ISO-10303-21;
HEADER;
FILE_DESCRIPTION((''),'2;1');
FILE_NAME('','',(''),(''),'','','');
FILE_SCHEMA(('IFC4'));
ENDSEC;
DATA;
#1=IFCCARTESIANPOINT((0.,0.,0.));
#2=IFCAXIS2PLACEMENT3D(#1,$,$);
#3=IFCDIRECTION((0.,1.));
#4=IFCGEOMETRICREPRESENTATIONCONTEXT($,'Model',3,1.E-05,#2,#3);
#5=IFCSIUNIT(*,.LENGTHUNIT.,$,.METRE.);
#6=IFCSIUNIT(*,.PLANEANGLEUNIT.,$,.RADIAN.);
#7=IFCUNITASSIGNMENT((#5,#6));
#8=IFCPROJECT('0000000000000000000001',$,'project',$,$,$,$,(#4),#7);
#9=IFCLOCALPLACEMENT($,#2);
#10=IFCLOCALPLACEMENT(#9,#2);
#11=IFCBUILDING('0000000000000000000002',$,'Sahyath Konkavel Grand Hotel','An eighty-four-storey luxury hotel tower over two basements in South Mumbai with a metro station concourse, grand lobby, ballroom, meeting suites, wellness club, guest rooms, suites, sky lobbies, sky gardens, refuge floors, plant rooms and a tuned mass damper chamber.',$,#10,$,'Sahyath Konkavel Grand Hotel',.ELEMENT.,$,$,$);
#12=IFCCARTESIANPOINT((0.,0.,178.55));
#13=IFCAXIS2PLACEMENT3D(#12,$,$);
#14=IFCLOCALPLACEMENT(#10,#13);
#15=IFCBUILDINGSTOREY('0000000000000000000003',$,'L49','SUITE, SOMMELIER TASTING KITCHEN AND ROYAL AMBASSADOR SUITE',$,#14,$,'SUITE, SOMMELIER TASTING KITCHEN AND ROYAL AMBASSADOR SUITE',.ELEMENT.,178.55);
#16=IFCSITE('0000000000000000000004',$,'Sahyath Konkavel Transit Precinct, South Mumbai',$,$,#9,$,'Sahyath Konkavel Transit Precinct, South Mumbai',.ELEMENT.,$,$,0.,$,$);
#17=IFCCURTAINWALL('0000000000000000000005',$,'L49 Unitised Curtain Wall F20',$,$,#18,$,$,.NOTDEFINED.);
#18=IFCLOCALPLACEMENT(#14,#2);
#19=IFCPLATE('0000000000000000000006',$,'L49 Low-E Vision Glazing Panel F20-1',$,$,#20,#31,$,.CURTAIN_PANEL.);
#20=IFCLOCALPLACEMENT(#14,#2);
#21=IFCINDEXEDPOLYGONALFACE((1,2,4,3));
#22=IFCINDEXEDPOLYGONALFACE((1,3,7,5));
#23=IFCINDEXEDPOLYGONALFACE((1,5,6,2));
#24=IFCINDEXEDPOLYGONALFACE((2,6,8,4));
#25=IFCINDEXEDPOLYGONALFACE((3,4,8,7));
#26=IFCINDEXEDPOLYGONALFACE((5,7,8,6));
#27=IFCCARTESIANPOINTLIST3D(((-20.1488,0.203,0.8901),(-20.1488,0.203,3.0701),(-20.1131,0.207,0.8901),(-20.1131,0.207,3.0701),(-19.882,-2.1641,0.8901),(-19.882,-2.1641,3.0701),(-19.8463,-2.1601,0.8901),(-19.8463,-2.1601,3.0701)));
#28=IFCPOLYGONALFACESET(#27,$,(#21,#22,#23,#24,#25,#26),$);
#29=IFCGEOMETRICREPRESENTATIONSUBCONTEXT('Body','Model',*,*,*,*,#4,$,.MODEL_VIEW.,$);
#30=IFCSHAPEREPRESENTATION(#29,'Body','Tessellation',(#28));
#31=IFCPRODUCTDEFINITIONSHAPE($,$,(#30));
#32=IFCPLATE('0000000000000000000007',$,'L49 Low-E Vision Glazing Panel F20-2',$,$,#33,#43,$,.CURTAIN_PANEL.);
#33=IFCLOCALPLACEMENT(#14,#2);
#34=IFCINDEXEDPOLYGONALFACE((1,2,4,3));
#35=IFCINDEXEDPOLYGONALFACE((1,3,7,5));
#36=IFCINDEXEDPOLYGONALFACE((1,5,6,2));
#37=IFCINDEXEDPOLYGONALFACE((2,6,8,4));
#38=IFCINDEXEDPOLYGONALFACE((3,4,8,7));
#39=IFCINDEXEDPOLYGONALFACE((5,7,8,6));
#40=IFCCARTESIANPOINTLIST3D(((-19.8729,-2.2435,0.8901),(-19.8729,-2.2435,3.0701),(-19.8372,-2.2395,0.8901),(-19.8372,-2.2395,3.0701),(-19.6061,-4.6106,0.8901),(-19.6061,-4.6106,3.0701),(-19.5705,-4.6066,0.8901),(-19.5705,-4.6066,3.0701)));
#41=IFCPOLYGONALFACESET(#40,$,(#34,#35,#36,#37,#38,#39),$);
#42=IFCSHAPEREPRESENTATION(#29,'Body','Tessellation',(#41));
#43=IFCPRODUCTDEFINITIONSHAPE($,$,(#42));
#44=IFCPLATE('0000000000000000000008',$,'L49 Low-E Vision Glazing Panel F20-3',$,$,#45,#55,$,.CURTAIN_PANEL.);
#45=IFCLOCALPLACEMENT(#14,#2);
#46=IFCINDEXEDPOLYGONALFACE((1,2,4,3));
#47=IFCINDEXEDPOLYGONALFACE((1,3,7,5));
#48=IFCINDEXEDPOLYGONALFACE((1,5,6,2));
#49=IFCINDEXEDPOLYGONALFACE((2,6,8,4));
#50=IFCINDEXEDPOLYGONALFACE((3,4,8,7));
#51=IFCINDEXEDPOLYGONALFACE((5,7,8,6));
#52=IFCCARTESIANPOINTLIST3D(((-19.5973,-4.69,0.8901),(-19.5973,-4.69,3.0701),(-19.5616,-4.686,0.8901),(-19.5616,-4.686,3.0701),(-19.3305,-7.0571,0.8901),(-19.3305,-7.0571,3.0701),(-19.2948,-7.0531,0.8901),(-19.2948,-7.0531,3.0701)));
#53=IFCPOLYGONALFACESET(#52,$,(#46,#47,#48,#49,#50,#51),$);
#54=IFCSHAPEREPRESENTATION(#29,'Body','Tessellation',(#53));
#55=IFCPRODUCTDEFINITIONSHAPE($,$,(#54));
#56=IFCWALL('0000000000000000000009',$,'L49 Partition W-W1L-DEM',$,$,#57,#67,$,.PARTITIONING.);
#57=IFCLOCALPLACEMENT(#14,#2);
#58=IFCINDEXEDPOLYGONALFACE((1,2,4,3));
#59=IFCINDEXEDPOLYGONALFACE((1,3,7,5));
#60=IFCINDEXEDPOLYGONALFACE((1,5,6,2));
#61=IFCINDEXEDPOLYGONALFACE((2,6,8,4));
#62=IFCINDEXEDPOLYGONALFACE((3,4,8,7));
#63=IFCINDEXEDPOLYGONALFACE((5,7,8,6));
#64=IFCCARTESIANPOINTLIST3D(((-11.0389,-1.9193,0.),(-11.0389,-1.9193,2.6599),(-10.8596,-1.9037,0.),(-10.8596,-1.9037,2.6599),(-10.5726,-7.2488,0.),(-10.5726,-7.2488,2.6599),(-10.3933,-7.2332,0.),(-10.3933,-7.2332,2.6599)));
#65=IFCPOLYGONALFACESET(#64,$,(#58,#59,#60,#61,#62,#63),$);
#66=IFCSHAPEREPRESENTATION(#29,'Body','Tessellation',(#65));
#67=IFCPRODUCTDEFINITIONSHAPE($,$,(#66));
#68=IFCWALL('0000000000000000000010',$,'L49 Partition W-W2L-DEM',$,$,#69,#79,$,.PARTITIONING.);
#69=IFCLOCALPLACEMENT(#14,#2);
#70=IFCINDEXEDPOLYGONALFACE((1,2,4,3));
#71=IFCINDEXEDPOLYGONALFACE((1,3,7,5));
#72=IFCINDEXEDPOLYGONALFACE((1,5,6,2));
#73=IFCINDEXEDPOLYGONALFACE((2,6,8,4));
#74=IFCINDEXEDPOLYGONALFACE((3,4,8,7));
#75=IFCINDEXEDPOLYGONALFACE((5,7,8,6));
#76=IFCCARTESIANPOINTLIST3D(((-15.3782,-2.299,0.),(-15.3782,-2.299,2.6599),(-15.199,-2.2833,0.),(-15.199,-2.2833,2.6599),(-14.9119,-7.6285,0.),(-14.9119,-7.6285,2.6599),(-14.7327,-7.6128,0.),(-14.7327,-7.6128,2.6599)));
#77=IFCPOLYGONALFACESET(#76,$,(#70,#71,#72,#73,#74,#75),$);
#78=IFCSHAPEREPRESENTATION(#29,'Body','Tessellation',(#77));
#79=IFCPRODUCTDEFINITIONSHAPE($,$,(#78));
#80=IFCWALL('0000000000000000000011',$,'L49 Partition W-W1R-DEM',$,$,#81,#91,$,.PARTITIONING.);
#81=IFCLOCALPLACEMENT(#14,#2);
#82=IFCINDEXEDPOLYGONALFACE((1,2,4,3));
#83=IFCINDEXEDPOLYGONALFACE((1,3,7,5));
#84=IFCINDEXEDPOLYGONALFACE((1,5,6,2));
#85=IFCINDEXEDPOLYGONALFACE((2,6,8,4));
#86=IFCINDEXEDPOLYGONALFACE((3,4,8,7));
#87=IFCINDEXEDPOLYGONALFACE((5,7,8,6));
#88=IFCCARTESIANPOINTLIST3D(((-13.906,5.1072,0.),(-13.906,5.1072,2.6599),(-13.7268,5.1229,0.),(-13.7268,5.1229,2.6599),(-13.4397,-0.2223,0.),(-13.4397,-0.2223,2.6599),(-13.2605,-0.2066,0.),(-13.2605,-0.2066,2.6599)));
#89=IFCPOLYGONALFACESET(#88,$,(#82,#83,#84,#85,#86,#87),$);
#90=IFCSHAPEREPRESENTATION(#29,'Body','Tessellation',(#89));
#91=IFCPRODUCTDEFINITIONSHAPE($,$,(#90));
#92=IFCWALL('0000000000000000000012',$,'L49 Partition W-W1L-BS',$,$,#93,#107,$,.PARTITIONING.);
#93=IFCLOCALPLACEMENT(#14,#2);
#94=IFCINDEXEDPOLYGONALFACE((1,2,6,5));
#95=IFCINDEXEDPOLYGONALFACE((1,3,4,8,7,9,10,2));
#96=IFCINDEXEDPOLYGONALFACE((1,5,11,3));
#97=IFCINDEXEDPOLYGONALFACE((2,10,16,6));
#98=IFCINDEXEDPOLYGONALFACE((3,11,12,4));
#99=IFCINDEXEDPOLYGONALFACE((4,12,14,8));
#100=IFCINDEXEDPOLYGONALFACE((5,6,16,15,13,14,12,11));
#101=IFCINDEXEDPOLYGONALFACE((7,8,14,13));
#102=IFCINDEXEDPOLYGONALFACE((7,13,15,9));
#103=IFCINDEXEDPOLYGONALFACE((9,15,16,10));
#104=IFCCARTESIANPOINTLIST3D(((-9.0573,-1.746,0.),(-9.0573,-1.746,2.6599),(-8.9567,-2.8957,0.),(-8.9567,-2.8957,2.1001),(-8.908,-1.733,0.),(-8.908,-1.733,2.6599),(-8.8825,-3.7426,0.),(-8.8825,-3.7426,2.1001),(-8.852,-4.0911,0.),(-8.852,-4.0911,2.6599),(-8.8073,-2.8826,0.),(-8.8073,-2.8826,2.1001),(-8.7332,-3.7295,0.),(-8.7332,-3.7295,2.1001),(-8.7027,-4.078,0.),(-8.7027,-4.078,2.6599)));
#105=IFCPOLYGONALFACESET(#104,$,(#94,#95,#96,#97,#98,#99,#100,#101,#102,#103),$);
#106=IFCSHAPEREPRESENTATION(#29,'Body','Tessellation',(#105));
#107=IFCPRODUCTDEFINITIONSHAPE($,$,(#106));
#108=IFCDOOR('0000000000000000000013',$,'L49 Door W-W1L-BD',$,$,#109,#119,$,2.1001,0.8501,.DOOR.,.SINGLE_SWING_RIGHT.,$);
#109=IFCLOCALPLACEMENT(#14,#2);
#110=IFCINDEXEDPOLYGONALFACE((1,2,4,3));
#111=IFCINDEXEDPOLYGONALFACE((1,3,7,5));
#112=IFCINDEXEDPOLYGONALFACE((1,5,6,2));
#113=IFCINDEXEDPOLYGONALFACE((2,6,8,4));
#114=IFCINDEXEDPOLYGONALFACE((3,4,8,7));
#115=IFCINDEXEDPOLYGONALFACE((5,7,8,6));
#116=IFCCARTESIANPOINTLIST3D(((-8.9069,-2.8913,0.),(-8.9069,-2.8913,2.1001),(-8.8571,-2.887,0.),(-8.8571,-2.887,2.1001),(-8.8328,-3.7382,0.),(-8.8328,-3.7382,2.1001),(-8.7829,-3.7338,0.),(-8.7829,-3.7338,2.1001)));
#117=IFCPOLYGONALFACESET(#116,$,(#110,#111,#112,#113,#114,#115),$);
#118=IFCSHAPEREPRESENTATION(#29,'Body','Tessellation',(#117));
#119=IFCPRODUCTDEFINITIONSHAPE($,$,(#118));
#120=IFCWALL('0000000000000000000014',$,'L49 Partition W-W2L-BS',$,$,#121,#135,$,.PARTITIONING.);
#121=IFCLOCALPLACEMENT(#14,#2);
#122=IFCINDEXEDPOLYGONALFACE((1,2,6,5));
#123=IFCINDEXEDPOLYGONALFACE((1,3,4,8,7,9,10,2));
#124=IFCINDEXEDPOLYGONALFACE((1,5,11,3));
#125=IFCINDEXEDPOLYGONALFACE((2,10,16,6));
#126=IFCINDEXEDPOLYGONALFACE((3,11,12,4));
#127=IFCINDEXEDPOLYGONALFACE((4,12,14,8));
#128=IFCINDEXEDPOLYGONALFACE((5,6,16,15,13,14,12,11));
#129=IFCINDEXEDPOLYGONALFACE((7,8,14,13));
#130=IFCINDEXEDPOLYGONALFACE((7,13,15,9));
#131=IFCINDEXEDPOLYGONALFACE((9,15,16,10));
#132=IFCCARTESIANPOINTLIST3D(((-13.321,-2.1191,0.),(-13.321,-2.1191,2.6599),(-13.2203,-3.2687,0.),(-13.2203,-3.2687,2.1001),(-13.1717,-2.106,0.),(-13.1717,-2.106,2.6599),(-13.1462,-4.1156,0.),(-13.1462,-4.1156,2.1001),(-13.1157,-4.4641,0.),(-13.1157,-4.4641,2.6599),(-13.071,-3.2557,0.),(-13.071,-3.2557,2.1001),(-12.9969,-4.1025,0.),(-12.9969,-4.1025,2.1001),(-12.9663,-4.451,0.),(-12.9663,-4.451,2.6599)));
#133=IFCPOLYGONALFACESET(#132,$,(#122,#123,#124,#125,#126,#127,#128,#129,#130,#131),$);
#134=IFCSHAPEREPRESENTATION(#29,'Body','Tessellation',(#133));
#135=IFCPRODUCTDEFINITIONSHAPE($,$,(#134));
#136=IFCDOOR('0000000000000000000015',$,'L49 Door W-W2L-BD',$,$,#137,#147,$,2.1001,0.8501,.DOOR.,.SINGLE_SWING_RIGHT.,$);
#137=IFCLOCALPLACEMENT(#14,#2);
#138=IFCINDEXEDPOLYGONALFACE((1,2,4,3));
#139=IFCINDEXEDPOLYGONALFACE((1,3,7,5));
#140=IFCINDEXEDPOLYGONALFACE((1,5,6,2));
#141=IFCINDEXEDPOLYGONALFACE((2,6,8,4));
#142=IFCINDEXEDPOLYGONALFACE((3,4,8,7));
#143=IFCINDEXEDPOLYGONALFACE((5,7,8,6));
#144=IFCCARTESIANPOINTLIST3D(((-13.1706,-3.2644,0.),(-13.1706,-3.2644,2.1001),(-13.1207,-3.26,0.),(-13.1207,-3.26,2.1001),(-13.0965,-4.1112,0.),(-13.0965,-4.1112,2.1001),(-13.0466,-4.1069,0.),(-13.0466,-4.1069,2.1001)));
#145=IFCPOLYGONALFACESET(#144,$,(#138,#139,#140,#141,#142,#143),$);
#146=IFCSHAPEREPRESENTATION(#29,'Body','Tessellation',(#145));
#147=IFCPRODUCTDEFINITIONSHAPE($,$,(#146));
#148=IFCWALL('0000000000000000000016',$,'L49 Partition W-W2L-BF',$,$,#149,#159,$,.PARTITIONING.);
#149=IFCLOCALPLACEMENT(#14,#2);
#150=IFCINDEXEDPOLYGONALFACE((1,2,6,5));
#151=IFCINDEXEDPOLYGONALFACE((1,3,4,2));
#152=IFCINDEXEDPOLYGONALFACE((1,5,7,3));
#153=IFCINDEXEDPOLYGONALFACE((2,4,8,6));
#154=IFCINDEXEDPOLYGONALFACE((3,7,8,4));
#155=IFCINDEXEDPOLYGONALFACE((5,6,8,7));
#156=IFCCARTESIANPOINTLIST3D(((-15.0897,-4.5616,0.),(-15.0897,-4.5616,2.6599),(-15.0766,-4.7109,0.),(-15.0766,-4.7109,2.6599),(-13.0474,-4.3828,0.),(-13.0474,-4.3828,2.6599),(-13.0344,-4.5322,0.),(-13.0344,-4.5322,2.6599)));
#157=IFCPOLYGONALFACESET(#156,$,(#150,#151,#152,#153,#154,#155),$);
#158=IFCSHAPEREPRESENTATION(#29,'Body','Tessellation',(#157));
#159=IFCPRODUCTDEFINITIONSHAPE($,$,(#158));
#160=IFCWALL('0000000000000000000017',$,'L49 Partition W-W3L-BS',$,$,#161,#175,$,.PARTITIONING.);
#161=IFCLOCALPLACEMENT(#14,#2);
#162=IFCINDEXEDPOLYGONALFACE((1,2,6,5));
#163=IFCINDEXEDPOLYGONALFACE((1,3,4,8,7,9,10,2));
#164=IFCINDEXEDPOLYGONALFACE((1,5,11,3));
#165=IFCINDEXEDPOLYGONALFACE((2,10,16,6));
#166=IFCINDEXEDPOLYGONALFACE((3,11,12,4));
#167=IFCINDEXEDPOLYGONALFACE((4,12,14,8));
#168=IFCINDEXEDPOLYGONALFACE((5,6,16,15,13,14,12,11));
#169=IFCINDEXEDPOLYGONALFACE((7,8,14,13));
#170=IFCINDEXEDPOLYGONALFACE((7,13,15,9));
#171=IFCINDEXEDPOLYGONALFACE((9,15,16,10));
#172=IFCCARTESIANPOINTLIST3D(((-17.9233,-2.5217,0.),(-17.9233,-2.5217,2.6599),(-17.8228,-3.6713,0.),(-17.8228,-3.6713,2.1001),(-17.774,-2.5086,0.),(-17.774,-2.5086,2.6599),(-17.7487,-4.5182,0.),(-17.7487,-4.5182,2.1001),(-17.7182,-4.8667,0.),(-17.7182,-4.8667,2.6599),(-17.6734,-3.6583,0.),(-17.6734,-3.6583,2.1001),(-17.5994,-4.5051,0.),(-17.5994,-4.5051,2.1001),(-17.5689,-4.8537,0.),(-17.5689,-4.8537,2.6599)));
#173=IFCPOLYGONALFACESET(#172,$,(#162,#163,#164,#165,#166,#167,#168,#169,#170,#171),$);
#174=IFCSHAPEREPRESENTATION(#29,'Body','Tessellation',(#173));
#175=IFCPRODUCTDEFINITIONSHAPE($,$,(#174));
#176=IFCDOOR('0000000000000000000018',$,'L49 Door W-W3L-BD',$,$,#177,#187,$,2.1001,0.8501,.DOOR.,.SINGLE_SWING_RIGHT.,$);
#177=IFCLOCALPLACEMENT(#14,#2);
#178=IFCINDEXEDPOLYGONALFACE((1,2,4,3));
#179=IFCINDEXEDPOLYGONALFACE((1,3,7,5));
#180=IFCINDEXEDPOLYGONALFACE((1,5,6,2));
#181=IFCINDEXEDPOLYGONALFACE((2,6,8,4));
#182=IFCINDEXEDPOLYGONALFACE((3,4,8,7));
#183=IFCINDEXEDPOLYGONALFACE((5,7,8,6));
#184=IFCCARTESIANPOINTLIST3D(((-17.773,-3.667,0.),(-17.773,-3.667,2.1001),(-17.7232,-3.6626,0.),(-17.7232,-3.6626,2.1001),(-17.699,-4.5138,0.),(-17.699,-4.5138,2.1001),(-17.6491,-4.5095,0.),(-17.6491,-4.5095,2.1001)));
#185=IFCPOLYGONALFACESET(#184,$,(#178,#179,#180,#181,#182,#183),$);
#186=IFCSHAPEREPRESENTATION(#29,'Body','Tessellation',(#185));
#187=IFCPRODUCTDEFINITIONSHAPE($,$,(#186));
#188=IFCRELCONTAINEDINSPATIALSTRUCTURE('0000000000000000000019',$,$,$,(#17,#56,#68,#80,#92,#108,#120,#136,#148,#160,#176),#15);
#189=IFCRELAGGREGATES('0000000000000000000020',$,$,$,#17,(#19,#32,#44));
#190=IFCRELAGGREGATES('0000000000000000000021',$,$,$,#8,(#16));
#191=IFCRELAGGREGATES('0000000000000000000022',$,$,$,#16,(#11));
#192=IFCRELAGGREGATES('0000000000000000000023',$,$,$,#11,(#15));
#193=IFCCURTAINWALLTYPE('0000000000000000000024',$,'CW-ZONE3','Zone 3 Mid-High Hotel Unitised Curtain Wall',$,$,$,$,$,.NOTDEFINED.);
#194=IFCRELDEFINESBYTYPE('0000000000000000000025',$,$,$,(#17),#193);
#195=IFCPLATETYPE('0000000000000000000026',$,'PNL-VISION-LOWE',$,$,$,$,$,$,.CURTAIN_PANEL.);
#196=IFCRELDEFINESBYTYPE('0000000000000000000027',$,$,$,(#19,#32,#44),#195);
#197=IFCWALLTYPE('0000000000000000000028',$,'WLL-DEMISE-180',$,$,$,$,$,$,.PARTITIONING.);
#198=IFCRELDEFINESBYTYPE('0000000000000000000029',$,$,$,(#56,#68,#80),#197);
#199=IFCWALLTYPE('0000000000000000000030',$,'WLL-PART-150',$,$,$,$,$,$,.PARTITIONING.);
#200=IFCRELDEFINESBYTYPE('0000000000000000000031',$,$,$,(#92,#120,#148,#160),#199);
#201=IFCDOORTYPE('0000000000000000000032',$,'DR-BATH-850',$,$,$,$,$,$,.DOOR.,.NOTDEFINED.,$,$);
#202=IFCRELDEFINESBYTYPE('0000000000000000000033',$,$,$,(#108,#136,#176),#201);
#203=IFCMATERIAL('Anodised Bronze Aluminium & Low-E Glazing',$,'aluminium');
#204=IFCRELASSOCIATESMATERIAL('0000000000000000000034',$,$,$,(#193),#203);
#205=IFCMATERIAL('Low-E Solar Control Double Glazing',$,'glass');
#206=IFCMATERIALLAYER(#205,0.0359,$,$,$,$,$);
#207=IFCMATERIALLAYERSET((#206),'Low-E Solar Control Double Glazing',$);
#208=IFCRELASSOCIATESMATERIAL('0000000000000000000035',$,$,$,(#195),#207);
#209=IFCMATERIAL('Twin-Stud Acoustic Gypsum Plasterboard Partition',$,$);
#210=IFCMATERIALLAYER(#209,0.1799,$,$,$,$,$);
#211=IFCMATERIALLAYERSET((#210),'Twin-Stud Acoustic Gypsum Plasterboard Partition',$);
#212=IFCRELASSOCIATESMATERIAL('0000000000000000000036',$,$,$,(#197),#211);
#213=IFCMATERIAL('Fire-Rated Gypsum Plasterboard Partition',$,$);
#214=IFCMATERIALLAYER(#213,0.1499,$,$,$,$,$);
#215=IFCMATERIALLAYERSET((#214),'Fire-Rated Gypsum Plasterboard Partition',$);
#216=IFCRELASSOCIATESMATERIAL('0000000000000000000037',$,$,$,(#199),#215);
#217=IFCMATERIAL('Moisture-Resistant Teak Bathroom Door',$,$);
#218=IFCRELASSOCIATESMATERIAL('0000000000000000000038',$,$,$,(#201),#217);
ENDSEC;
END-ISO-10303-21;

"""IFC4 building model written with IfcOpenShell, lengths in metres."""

from ifc_helpers import new_model, si_unit, direction, frame, frame_2d, origin, origin_2d, place, context, subcontext, project, spatial, rectangle, extrude, source, transform, mapped, material, layer, layer_set, type_object, element, fill, aggregate, save


model = new_model("IFC4")

# Units and contexts
model_context = context("Model", 3, precision=1e-05, world=origin(), true_north=direction((0.0, 1.0)))
body_context = subcontext(model_context, "Body", "Model", "MODEL_VIEW")
ifc_project = project(units=[si_unit("LENGTHUNIT", "METRE"), si_unit("PLANEANGLEUNIT", "RADIAN")], contexts=[model_context])

# Site, building, storey
site_placement = place(None, origin())
site = spatial("IfcSite", under=ifc_project, at=site_placement, Name="Sahyath Konkavel Transit Precinct, South Mumbai", LongName="Sahyath Konkavel Transit Precinct, South Mumbai", CompositionType="ELEMENT", RefElevation=0.0)
building_placement = place(site_placement, origin())
building = spatial("IfcBuilding", under=site, at=building_placement, Name="Sahyath Konkavel Grand Hotel", Description="An eighty-four-storey luxury hotel tower over two basements in South Mumbai with a metro station concourse, grand lobby, ballroom, meeting suites, wellness club, guest rooms, suites, sky lobbies, sky gardens, refuge floors, plant rooms and a tuned mass damper chamber.", LongName="Sahyath Konkavel Grand Hotel", CompositionType="ELEMENT")
storey_placement = place(building_placement, frame((0.0, 0.0, 178.55)))
storey = spatial("IfcBuildingStorey", under=building, at=storey_placement, Name="L49", Description="SUITE, SOMMELIER TASTING KITCHEN AND ROYAL AMBASSADOR SUITE", LongName="SUITE, SOMMELIER TASTING KITCHEN AND ROYAL AMBASSADOR SUITE", CompositionType="ELEMENT", Elevation=178.55)

# Curtain wall
ifc_material_1 = material(Name="Anodised Bronze Aluminium & Low-E Glazing", Category="aluminium")
curtain_wall_type = type_object("IfcCurtainWallType", Name="CW-ZONE3", Description="Zone 3 Mid-High Hotel Unitised Curtain Wall", PredefinedType="NOTDEFINED", material=ifc_material_1)
curtain_wall_placement = place(storey_placement, origin())
curtain_wall = element("IfcCurtainWall", 1, at=curtain_wall_placement, inside=storey, type_object=curtain_wall_type, Name="L49 Unitised Curtain Wall F20", PredefinedType="NOTDEFINED")

# Plates
ifc_material_2 = material(Name="Low-E Solar Control Double Glazing", Category="glass")
ifc_layer_1 = layer(ifc_material_2, 0.0359)
ifc_layer_set_1 = layer_set([ifc_layer_1], Name="Low-E Solar Control Double Glazing")
plate_type_1 = type_object("IfcPlateType", Name="PNL-VISION-LOWE", PredefinedType="CURTAIN_PANEL", material=ifc_layer_set_1)
shared_shape_1 = source(origin(), body_context, "Body", "SweptSolid", [
    extrude(rectangle(XDim=2.3821, YDim=0.0359, at=origin_2d()), origin(), (0.0, 0.0, 1.0), 2.1799),
])
plate_1_placement = place(storey_placement, frame((-19.9976, -0.9785, 0.8901), z_axis=(0.0, 0.0, 1.0), x_axis=(0.111989, -0.993709, 0.0)))
plate_1 = element("IfcPlate", 2, at=plate_1_placement, type_object=plate_type_1, Name="L49 Low-E Vision Glazing Panel F20-1", PredefinedType="CURTAIN_PANEL", context=body_context, shape_type="MappedRepresentation", body=[
    mapped(shared_shape_1, transform((0.0, 0.0, 0.0), scale=1.0)),
])
plate_2_placement = place(storey_placement, frame((-19.7217, -3.425, 0.8901), z_axis=(0.0, 0.0, 1.0), x_axis=(0.111989, -0.993709, 0.0)))
plate_2 = element("IfcPlate", 3, at=plate_2_placement, type_object=plate_type_1, Name="L49 Low-E Vision Glazing Panel F20-2", PredefinedType="CURTAIN_PANEL", context=body_context, shape_type="MappedRepresentation", body=[
    mapped(shared_shape_1, transform((0.0, 0.0, 0.0), scale=1.0)),
])
plate_3_placement = place(storey_placement, frame((-19.446, -5.8716, 0.8901), z_axis=(0.0, 0.0, 1.0), x_axis=(0.111989, -0.993709, 0.0)))
plate_3 = element("IfcPlate", 4, at=plate_3_placement, type_object=plate_type_1, Name="L49 Low-E Vision Glazing Panel F20-3", PredefinedType="CURTAIN_PANEL", context=body_context, shape_type="MappedRepresentation", body=[
    mapped(shared_shape_1, transform((0.0, 0.0, 0.0), scale=1.0)),
])
aggregate(curtain_wall, [plate_1, plate_2, plate_3])

# Walls
ifc_material_3 = material(Name="Twin-Stud Acoustic Gypsum Plasterboard Partition")
ifc_layer_2 = layer(ifc_material_3, 0.1799)
ifc_layer_set_2 = layer_set([ifc_layer_2], Name="Twin-Stud Acoustic Gypsum Plasterboard Partition")
wall_type_1 = type_object("IfcWallType", Name="WLL-DEMISE-180", PredefinedType="PARTITIONING", material=ifc_layer_set_2)
for number, where, z_axis, x_axis, name in (
    (5, (-10.9492, -1.9116, 0.0), (0.0, 0.0, 1.0), (0.087161, -0.996194, 0.0), "L49 Partition W-W1L-DEM"),
    (6, (-15.2886, -2.2913, 0.0), (0.0, 0.0, 1.0), (0.087161, -0.996194, 0.0), "L49 Partition W-W2L-DEM"),
    (7, (-13.3501, -0.2144, 0.0), (0.0, 0.0, 1.0), (-0.087161, 0.996194, 0.0), "L49 Partition W-W1R-DEM"),
):
    element("IfcWall", number, at=place(storey_placement, frame(where, z_axis=z_axis, x_axis=x_axis)), inside=storey, type_object=wall_type_1, Name=name, PredefinedType="PARTITIONING", context=body_context, shape_type="SweptSolid", body=[
        extrude(rectangle(XDim=5.3499, YDim=0.1799, at=frame_2d((2.6748, 0.0))), origin(), (0.0, 0.0, 1.0), 2.6599),
    ])

# Walls, openings, doors
ifc_material_4 = material(Name="Fire-Rated Gypsum Plasterboard Partition")
ifc_layer_3 = layer(ifc_material_4, 0.1499)
ifc_layer_set_3 = layer_set([ifc_layer_3], Name="Fire-Rated Gypsum Plasterboard Partition")
wall_type_2 = type_object("IfcWallType", Name="WLL-PART-150", PredefinedType="PARTITIONING", material=ifc_layer_set_3)
wall_1_placement = place(storey_placement, frame((-8.9827, -1.7395, 0.0), z_axis=(0.0, 0.0, 1.0), x_axis=(0.087225, -0.996189, 0.0)))
wall_1 = element("IfcWall", 8, at=wall_1_placement, inside=storey, type_object=wall_type_2, Name="L49 Partition W-W1L-BS", PredefinedType="PARTITIONING", context=body_context, shape_type="SweptSolid", body=[
    extrude(rectangle(XDim=2.354, YDim=0.1499, at=frame_2d((1.177, 0.0))), origin(), (0.0, 0.0, 1.0), 2.6599),
])
opening_1_placement = place(wall_1_placement, frame((1.1541, 0.0, 0.0)))
opening_1 = element("IfcOpeningElement", 9, at=opening_1_placement, cuts=wall_1, PredefinedType="OPENING", context=body_context, shape_type="SweptSolid", body=[
    extrude(rectangle(XDim=0.8501, YDim=2.1001, at=frame_2d((0.425, 1.05))), frame((0.0, 0.085, 0.0), z_axis=(0.0, -1.0, 0.0), x_axis=(1.0, 0.0, 0.0)), (0.0, 0.0, 1.0), 0.1699),
])
ifc_material_5 = material(Name="Moisture-Resistant Teak Bathroom Door")
door_type = type_object("IfcDoorType", Name="DR-BATH-850", OperationType="NOTDEFINED", PredefinedType="DOOR", material=ifc_material_5)
shared_shape_2 = source(origin(), body_context, "Body", "SweptSolid", [
    extrude(rectangle(XDim=0.8501, YDim=0.05, at=origin_2d()), origin(), (0.0, 0.0, 1.0), 2.1001),
])
door_1_placement = place(opening_1_placement, frame((0.425, 0.0, 0.0)))
door_1 = element("IfcDoor", 10, at=door_1_placement, inside=storey, type_object=door_type, Name="L49 Door W-W1L-BD", OperationType="SINGLE_SWING_RIGHT", OverallHeight=2.1001, OverallWidth=0.8501, PredefinedType="DOOR", context=body_context, shape_type="MappedRepresentation", body=[
    mapped(shared_shape_2, transform((0.0, 0.0, 0.0), scale=1.0)),
])
fill(opening_1, door_1)
wall_2_placement = place(storey_placement, frame((-13.2463, -2.1125, 0.0), z_axis=(0.0, 0.0, 1.0), x_axis=(0.087225, -0.996189, 0.0)))
wall_2 = element("IfcWall", 11, at=wall_2_placement, inside=storey, type_object=wall_type_2, Name="L49 Partition W-W2L-BS", PredefinedType="PARTITIONING", context=body_context, shape_type="SweptSolid", body=[
    extrude(rectangle(XDim=2.354, YDim=0.1499, at=frame_2d((1.177, 0.0))), origin(), (0.0, 0.0, 1.0), 2.6599),
])
opening_2_placement = place(wall_2_placement, frame((1.1541, 0.0, 0.0)))
opening_2 = element("IfcOpeningElement", 12, at=opening_2_placement, cuts=wall_2, PredefinedType="OPENING", context=body_context, shape_type="SweptSolid", body=[
    extrude(rectangle(XDim=0.8501, YDim=2.1001, at=frame_2d((0.425, 1.05))), frame((0.0, 0.085, 0.0), z_axis=(0.0, -1.0, 0.0), x_axis=(1.0, 0.0, 0.0)), (0.0, 0.0, 1.0), 0.1699),
])
door_2_placement = place(opening_2_placement, frame((0.425, 0.0, 0.0)))
door_2 = element("IfcDoor", 13, at=door_2_placement, inside=storey, type_object=door_type, Name="L49 Door W-W2L-BD", OperationType="SINGLE_SWING_RIGHT", OverallHeight=2.1001, OverallWidth=0.8501, PredefinedType="DOOR", context=body_context, shape_type="MappedRepresentation", body=[
    mapped(shared_shape_2, transform((0.0, 0.0, 0.0), scale=1.0)),
])
fill(opening_2, door_2)

# Wall
wall_3_placement = place(storey_placement, frame((-13.041, -4.4575, 0.0), z_axis=(0.0, 0.0, 1.0), x_axis=(-0.996193, -0.087174, 0.0)))
element("IfcWall", 14, at=wall_3_placement, inside=storey, type_object=wall_type_2, Name="L49 Partition W-W2L-BF", PredefinedType="PARTITIONING", context=body_context, shape_type="SweptSolid", body=[
    extrude(rectangle(XDim=2.05, YDim=0.1499, at=frame_2d((1.0249, 0.0))), origin(), (0.0, 0.0, 1.0), 2.6599),
])

# Wall, opening, door
wall_4_placement = place(storey_placement, frame((-17.8486, -2.5151, 0.0), z_axis=(0.0, 0.0, 1.0), x_axis=(0.087122, -0.996198, 0.0)))
wall_4 = element("IfcWall", 15, at=wall_4_placement, inside=storey, type_object=wall_type_2, Name="L49 Partition W-W3L-BS", PredefinedType="PARTITIONING", context=body_context, shape_type="SweptSolid", body=[
    extrude(rectangle(XDim=2.354, YDim=0.1499, at=frame_2d((1.177, 0.0))), origin(), (0.0, 0.0, 1.0), 2.6599),
])
opening_3_placement = place(wall_4_placement, frame((1.1541, 0.0, 0.0)))
opening_3 = element("IfcOpeningElement", 16, at=opening_3_placement, cuts=wall_4, PredefinedType="OPENING", context=body_context, shape_type="SweptSolid", body=[
    extrude(rectangle(XDim=0.8501, YDim=2.1001, at=frame_2d((0.425, 1.05))), frame((0.0, 0.085, 0.0), z_axis=(0.0, -1.0, 0.0), x_axis=(1.0, 0.0, 0.0)), (0.0, 0.0, 1.0), 0.1699),
])
door_3_placement = place(opening_3_placement, frame((0.425, 0.0, 0.0)))
door_3 = element("IfcDoor", 17, at=door_3_placement, inside=storey, type_object=door_type, Name="L49 Door W-W3L-BD", OperationType="SINGLE_SWING_RIGHT", OverallHeight=2.1001, OverallWidth=0.8501, PredefinedType="DOOR", context=body_context, shape_type="MappedRepresentation", body=[
    mapped(shared_shape_2, transform((0.0, 0.0, 0.0), scale=1.0)),
])
fill(opening_3, door_3)

save(model, "model.ifc")
